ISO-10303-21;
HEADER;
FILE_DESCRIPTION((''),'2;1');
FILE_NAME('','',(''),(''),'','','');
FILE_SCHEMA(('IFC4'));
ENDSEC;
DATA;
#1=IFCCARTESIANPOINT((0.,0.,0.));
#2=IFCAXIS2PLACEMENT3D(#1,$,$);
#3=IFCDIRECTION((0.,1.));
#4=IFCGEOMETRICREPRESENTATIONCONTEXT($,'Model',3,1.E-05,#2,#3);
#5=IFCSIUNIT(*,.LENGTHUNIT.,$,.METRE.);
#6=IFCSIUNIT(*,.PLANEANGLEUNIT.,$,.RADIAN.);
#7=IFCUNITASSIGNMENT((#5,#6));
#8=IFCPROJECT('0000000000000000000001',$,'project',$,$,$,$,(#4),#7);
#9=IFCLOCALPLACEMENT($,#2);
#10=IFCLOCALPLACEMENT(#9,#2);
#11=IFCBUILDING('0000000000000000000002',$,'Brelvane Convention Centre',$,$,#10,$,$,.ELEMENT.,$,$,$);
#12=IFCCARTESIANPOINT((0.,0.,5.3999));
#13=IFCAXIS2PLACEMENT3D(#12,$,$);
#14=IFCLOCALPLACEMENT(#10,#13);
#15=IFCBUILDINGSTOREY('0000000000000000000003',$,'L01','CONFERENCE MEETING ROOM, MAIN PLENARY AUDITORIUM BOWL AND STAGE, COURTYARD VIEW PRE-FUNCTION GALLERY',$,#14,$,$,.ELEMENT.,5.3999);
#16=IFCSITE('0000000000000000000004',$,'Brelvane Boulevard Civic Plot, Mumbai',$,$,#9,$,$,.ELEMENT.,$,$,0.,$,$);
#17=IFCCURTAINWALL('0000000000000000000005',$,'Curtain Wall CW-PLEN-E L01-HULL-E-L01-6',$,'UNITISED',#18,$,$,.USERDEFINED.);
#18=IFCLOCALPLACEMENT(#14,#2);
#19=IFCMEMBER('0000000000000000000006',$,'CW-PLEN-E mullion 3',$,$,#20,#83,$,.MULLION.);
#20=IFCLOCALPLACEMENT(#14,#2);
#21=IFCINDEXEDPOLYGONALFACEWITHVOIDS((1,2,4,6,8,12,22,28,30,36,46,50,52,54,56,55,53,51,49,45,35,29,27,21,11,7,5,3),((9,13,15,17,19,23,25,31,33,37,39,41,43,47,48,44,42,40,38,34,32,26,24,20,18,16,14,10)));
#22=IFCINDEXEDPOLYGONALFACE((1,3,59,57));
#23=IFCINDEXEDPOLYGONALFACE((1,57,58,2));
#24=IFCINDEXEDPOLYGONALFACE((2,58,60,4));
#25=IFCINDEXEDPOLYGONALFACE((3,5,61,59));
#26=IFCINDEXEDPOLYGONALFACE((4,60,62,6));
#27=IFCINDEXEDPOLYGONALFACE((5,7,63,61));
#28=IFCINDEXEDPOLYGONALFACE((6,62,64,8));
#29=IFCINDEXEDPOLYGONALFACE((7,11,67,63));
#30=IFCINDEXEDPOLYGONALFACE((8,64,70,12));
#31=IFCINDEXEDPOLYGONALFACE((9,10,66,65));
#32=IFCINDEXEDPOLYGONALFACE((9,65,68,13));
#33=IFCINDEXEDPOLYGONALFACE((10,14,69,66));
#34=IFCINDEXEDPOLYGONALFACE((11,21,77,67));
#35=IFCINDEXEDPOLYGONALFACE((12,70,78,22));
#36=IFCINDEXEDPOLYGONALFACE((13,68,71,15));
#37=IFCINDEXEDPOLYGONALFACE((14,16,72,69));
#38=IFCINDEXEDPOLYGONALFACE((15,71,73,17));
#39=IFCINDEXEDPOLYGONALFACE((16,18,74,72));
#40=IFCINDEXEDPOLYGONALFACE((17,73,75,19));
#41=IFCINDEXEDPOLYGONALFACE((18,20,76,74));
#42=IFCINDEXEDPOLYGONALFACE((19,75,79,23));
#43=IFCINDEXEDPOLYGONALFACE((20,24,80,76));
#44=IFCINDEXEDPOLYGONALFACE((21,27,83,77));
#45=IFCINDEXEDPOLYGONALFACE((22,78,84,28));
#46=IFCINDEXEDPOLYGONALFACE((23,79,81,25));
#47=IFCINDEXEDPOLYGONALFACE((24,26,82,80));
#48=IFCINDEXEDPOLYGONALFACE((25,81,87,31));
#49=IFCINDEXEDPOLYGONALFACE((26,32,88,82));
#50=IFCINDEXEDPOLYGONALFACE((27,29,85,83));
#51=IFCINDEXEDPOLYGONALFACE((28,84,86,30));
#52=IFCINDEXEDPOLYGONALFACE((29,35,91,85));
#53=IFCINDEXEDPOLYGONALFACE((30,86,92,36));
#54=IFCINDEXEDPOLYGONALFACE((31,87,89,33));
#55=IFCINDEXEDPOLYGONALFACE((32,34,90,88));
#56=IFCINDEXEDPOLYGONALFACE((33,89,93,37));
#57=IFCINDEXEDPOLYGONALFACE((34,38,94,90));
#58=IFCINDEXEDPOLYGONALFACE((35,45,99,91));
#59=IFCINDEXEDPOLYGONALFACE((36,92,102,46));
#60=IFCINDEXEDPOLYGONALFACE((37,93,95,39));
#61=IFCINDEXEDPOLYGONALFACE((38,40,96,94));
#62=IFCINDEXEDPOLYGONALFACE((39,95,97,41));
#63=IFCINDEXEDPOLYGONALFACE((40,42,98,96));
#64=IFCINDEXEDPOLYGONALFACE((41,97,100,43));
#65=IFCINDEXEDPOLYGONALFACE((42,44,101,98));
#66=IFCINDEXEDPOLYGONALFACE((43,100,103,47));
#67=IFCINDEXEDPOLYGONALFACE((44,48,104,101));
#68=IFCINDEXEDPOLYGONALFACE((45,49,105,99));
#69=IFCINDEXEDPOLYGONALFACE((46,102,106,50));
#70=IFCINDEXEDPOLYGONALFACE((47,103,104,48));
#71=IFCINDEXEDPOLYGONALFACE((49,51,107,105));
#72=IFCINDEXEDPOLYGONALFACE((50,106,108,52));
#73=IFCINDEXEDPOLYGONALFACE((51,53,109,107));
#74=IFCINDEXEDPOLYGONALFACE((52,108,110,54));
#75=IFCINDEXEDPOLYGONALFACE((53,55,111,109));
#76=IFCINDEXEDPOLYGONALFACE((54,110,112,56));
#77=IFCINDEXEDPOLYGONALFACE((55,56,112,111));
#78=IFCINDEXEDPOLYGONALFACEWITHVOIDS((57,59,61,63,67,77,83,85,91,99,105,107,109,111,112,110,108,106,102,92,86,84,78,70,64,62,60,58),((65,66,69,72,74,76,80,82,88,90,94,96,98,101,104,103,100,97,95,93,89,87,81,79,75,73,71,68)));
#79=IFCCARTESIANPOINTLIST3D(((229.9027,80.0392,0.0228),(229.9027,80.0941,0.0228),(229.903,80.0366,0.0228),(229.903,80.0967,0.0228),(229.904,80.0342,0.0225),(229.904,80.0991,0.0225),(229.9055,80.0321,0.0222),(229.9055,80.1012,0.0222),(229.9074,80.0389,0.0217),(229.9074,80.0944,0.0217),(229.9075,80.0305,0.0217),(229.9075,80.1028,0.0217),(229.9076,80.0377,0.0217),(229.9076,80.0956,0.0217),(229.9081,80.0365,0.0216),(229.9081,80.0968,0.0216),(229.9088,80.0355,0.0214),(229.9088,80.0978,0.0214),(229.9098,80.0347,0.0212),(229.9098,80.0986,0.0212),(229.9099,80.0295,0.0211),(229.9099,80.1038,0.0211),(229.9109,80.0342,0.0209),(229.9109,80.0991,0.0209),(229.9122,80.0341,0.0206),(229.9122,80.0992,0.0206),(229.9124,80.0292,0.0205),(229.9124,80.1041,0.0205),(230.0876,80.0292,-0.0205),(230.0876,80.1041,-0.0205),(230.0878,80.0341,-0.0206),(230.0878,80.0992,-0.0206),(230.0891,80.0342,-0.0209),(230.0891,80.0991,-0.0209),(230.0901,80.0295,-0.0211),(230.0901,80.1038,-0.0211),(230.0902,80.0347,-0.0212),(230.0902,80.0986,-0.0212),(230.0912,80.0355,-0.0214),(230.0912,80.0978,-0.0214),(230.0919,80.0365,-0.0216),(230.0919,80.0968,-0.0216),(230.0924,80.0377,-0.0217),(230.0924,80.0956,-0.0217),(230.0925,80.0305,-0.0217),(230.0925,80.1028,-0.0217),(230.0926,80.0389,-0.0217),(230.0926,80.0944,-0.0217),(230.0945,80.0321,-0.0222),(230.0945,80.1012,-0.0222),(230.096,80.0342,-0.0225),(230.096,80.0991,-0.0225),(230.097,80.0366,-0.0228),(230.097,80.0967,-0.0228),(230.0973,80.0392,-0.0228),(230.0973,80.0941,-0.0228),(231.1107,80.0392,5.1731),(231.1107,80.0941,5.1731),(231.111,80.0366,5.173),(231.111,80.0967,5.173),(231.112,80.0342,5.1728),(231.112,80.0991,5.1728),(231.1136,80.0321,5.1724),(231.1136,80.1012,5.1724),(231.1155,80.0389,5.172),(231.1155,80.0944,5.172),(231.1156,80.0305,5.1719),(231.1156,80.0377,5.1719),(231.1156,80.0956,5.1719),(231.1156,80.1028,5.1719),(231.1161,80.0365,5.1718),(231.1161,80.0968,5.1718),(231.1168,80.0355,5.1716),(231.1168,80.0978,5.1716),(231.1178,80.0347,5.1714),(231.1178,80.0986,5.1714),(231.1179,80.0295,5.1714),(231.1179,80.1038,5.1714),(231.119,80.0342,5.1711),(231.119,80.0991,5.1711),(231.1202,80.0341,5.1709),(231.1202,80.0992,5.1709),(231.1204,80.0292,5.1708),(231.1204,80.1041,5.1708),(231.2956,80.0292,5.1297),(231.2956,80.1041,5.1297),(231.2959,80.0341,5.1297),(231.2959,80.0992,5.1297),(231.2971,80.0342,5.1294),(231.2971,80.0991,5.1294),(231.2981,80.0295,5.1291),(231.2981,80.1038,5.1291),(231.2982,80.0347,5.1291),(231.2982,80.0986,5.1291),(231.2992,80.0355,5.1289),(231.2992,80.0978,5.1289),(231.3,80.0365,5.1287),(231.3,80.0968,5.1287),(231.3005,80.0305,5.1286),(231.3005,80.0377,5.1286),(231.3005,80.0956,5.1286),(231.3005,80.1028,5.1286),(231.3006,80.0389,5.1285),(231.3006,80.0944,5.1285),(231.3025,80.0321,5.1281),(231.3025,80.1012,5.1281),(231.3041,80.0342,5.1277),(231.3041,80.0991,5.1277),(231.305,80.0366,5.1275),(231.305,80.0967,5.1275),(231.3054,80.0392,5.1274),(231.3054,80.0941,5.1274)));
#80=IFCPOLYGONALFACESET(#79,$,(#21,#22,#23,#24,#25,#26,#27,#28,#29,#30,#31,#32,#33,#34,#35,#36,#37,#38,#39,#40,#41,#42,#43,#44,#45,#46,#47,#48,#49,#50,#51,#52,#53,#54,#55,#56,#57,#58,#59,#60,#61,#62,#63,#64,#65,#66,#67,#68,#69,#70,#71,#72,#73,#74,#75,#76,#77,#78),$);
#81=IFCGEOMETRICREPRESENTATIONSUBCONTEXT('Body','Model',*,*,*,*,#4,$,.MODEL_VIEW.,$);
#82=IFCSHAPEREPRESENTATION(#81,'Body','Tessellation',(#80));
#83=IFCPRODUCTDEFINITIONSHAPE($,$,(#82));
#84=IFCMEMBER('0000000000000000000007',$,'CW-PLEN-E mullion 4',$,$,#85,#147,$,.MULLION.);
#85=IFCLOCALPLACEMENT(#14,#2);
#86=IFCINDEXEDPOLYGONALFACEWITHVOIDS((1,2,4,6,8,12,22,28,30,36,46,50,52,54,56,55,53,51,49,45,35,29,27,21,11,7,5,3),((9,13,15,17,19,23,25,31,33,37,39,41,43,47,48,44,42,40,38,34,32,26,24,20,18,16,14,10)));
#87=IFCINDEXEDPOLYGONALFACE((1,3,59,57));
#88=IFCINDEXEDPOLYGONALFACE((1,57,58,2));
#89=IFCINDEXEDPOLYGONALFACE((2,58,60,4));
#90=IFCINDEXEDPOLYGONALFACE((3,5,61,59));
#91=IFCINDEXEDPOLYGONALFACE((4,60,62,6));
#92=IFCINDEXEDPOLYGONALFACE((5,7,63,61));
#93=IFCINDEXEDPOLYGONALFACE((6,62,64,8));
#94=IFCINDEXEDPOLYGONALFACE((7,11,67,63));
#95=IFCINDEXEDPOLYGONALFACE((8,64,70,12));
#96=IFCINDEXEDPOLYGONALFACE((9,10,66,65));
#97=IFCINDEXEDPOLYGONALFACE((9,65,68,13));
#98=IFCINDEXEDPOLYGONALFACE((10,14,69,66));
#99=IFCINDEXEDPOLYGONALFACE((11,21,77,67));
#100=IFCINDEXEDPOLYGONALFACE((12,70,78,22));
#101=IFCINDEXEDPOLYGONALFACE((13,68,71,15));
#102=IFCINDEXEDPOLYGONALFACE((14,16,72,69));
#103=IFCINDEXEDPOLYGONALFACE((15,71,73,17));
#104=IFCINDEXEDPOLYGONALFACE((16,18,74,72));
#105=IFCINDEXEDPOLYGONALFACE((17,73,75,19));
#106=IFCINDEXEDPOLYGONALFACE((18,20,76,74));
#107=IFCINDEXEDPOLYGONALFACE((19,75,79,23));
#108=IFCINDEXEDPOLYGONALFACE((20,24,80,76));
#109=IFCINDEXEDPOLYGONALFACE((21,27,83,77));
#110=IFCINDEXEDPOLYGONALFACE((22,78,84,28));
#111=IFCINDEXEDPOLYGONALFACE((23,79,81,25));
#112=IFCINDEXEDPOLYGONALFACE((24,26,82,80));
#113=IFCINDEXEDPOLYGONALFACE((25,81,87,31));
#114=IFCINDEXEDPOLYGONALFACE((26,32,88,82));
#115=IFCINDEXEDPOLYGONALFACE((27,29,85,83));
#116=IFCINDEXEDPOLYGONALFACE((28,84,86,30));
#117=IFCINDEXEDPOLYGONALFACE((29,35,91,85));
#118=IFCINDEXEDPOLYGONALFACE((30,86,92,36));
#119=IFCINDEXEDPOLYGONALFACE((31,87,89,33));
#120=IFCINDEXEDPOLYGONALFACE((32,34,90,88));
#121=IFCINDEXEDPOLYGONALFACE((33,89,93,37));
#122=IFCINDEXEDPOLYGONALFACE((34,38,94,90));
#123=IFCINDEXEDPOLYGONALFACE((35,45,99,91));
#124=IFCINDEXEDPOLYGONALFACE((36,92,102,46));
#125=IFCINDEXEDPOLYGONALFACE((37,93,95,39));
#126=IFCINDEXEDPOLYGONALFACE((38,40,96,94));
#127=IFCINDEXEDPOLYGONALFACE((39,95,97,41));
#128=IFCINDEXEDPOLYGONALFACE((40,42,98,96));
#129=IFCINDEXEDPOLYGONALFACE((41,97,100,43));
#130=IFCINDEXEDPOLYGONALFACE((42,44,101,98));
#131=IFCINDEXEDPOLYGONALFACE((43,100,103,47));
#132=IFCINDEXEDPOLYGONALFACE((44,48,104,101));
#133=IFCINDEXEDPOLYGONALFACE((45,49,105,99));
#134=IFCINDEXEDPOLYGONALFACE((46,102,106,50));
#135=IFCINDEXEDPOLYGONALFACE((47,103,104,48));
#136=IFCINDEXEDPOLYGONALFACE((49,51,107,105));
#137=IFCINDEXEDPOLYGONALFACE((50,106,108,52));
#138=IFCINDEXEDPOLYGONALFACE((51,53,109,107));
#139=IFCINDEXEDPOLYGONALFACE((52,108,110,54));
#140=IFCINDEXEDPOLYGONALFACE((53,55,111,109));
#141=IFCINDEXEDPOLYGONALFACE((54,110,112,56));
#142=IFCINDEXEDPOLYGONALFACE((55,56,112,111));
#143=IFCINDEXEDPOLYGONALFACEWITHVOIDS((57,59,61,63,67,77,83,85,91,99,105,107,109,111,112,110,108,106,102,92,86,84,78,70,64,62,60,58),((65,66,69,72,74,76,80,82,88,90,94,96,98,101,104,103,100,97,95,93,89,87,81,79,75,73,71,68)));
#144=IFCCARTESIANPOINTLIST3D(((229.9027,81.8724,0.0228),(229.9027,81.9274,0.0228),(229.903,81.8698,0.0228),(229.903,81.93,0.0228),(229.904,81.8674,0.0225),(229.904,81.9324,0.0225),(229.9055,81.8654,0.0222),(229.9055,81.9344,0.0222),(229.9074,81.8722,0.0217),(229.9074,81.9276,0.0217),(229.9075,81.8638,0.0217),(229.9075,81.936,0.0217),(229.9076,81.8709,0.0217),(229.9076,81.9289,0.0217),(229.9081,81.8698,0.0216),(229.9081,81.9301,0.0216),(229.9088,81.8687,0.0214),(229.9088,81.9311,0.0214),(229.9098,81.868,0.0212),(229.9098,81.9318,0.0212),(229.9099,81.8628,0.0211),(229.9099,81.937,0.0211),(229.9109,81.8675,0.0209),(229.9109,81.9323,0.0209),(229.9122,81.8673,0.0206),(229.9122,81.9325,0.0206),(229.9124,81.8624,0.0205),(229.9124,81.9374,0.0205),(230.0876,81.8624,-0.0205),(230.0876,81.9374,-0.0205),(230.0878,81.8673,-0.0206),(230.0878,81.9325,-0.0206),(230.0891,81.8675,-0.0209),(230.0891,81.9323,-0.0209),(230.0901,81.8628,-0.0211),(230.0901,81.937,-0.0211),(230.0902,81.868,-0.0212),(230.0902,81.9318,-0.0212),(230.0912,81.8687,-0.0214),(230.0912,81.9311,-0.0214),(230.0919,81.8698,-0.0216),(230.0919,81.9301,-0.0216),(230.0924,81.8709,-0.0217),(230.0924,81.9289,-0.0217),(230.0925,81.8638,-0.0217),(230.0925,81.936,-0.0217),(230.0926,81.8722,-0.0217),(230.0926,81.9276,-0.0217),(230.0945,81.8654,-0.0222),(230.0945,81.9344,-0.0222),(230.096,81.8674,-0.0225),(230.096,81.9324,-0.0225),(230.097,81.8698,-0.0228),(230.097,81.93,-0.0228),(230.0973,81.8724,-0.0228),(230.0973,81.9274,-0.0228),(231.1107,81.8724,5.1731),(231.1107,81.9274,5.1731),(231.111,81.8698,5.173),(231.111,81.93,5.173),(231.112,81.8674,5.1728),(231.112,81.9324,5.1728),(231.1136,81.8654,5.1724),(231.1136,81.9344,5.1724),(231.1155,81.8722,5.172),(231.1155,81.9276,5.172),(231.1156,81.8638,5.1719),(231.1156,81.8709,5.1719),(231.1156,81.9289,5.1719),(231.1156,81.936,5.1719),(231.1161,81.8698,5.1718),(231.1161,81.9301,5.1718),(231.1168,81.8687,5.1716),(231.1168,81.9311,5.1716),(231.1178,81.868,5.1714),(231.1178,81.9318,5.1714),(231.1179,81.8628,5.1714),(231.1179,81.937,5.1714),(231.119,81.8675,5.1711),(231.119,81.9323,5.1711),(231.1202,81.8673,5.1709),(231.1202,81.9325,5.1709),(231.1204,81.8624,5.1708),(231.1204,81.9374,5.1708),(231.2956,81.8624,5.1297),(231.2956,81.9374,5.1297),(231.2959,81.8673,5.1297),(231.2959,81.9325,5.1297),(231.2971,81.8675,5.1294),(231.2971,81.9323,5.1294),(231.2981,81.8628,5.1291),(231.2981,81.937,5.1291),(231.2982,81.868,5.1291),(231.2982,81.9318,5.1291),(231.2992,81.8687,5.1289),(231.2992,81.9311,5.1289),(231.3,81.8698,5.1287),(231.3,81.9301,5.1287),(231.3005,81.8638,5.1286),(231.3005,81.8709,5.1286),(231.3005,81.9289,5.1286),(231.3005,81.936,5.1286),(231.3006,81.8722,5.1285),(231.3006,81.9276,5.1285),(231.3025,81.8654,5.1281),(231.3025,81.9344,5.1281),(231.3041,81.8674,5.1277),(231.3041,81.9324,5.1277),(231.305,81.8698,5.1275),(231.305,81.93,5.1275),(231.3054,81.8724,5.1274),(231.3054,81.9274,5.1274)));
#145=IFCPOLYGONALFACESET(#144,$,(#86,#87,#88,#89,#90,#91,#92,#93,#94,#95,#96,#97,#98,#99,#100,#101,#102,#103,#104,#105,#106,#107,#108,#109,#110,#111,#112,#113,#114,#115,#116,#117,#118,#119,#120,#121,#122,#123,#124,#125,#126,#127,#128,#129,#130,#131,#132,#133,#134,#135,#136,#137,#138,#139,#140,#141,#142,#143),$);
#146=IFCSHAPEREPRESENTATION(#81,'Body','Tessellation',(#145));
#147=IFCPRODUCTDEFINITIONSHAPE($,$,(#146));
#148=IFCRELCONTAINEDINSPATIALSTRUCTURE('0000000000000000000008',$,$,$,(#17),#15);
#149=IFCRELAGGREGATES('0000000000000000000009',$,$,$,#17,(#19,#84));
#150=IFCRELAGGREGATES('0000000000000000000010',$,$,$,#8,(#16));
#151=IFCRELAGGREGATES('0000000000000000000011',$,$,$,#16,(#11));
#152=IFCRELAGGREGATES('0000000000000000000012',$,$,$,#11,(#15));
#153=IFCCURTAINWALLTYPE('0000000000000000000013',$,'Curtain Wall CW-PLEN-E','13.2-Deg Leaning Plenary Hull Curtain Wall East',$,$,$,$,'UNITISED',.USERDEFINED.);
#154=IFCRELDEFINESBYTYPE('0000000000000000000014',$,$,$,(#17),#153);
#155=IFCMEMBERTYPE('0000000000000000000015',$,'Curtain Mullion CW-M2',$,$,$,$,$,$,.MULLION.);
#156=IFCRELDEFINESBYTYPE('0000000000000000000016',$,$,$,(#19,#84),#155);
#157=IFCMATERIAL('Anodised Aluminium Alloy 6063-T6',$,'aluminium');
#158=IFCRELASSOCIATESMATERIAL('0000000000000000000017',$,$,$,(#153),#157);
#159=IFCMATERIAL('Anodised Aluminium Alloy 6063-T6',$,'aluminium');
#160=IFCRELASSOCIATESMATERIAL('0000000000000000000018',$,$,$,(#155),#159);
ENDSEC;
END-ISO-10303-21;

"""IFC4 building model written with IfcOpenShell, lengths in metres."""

from ifc_helpers import new_model, si_unit, direction, frame, origin, origin_2d, place, context, subcontext, project, spatial, hollow_rectangle, extrude, material, material_profile, profile_set, type_object, element, aggregate, save


model = new_model("IFC4")

# Units and contexts
model_context = context("Model", 3, precision=1e-05, world=origin(), true_north=direction((0.0, 1.0)))
body_context = subcontext(model_context, "Body", "Model", "MODEL_VIEW")
ifc_project = project(units=[si_unit("LENGTHUNIT", "METRE"), si_unit("PLANEANGLEUNIT", "RADIAN")], contexts=[model_context])

# Site, building, storey
site_placement = place(None, origin())
site = spatial("IfcSite", under=ifc_project, at=site_placement, Name="Brelvane Boulevard Civic Plot, Mumbai", CompositionType="ELEMENT", RefElevation=0.0)
building_placement = place(site_placement, origin())
building = spatial("IfcBuilding", under=site, at=building_placement, Name="Brelvane Convention Centre", CompositionType="ELEMENT")
storey_placement = place(building_placement, frame((0.0, 0.0, 5.3999)))
storey = spatial("IfcBuildingStorey", under=building, at=storey_placement, Name="L01", Description="CONFERENCE MEETING ROOM, MAIN PLENARY AUDITORIUM BOWL AND STAGE, COURTYARD VIEW PRE-FUNCTION GALLERY", CompositionType="ELEMENT", Elevation=5.3999)

# Curtain wall, members
ifc_material_1 = material(Name="Anodised Aluminium Alloy 6063-T6", Category="aluminium")
curtain_wall_type = type_object("IfcCurtainWallType", Name="Curtain Wall CW-PLEN-E", Description="13.2-Deg Leaning Plenary Hull Curtain Wall East", ElementType="UNITISED", PredefinedType="USERDEFINED", material=ifc_material_1)
curtain_wall_placement = place(storey_placement, origin())
curtain_wall = element("IfcCurtainWall", 1, at=curtain_wall_placement, inside=storey, type_object=curtain_wall_type, Name="Curtain Wall CW-PLEN-E L01-HULL-E-L01-6", ObjectType="UNITISED", PredefinedType="USERDEFINED")
ifc_material_2 = material(Name="Anodised Aluminium Alloy 6063-T6", Category="aluminium")
ifc_material_profile_1 = material_profile(ifc_material_2, hollow_rectangle(XDim=0.075, YDim=0.2, WallThickness=0.0049, InnerFilletRadius=0.0049, OuterFilletRadius=0.01, at=origin_2d()), Name="ALU-M 200x75x5.0")
ifc_profile_set_1 = profile_set([ifc_material_profile_1], Name="Anodised Aluminium Alloy 6063-T6")
member_type_1 = type_object("IfcMemberType", Name="Curtain Mullion CW-M2", PredefinedType="MULLION", material=ifc_profile_set_1)
member_1_placement = place(storey_placement, frame((230.0, 80.0667, 0.0), z_axis=(0.22836, 0.0, 0.973577), x_axis=(0.0, 1.0, 0.0)))
member_1 = element("IfcMember", 2, at=member_1_placement, type_object=member_type_1, Name="CW-PLEN-E mullion 3", PredefinedType="MULLION", context=body_context, shape_type="SweptSolid", body=[
    extrude(hollow_rectangle(XDim=0.075, YDim=0.2, WallThickness=0.0049, InnerFilletRadius=0.0049, OuterFilletRadius=0.01, at=origin_2d()), origin(), (0.0, 0.0, 1.0), 5.29),
])
member_2_placement = place(storey_placement, frame((230.0, 81.8999, 0.0), z_axis=(0.22836, 0.0, 0.973577), x_axis=(0.0, 1.0, 0.0)))
member_2 = element("IfcMember", 3, at=member_2_placement, type_object=member_type_1, Name="CW-PLEN-E mullion 4", PredefinedType="MULLION", context=body_context, shape_type="SweptSolid", body=[
    extrude(hollow_rectangle(XDim=0.075, YDim=0.2, WallThickness=0.0049, InnerFilletRadius=0.0049, OuterFilletRadius=0.01, at=origin_2d()), origin(), (0.0, 0.0, 1.0), 5.29),
])

aggregate(curtain_wall, [member_1, member_2])

save(model, "model.ifc")
